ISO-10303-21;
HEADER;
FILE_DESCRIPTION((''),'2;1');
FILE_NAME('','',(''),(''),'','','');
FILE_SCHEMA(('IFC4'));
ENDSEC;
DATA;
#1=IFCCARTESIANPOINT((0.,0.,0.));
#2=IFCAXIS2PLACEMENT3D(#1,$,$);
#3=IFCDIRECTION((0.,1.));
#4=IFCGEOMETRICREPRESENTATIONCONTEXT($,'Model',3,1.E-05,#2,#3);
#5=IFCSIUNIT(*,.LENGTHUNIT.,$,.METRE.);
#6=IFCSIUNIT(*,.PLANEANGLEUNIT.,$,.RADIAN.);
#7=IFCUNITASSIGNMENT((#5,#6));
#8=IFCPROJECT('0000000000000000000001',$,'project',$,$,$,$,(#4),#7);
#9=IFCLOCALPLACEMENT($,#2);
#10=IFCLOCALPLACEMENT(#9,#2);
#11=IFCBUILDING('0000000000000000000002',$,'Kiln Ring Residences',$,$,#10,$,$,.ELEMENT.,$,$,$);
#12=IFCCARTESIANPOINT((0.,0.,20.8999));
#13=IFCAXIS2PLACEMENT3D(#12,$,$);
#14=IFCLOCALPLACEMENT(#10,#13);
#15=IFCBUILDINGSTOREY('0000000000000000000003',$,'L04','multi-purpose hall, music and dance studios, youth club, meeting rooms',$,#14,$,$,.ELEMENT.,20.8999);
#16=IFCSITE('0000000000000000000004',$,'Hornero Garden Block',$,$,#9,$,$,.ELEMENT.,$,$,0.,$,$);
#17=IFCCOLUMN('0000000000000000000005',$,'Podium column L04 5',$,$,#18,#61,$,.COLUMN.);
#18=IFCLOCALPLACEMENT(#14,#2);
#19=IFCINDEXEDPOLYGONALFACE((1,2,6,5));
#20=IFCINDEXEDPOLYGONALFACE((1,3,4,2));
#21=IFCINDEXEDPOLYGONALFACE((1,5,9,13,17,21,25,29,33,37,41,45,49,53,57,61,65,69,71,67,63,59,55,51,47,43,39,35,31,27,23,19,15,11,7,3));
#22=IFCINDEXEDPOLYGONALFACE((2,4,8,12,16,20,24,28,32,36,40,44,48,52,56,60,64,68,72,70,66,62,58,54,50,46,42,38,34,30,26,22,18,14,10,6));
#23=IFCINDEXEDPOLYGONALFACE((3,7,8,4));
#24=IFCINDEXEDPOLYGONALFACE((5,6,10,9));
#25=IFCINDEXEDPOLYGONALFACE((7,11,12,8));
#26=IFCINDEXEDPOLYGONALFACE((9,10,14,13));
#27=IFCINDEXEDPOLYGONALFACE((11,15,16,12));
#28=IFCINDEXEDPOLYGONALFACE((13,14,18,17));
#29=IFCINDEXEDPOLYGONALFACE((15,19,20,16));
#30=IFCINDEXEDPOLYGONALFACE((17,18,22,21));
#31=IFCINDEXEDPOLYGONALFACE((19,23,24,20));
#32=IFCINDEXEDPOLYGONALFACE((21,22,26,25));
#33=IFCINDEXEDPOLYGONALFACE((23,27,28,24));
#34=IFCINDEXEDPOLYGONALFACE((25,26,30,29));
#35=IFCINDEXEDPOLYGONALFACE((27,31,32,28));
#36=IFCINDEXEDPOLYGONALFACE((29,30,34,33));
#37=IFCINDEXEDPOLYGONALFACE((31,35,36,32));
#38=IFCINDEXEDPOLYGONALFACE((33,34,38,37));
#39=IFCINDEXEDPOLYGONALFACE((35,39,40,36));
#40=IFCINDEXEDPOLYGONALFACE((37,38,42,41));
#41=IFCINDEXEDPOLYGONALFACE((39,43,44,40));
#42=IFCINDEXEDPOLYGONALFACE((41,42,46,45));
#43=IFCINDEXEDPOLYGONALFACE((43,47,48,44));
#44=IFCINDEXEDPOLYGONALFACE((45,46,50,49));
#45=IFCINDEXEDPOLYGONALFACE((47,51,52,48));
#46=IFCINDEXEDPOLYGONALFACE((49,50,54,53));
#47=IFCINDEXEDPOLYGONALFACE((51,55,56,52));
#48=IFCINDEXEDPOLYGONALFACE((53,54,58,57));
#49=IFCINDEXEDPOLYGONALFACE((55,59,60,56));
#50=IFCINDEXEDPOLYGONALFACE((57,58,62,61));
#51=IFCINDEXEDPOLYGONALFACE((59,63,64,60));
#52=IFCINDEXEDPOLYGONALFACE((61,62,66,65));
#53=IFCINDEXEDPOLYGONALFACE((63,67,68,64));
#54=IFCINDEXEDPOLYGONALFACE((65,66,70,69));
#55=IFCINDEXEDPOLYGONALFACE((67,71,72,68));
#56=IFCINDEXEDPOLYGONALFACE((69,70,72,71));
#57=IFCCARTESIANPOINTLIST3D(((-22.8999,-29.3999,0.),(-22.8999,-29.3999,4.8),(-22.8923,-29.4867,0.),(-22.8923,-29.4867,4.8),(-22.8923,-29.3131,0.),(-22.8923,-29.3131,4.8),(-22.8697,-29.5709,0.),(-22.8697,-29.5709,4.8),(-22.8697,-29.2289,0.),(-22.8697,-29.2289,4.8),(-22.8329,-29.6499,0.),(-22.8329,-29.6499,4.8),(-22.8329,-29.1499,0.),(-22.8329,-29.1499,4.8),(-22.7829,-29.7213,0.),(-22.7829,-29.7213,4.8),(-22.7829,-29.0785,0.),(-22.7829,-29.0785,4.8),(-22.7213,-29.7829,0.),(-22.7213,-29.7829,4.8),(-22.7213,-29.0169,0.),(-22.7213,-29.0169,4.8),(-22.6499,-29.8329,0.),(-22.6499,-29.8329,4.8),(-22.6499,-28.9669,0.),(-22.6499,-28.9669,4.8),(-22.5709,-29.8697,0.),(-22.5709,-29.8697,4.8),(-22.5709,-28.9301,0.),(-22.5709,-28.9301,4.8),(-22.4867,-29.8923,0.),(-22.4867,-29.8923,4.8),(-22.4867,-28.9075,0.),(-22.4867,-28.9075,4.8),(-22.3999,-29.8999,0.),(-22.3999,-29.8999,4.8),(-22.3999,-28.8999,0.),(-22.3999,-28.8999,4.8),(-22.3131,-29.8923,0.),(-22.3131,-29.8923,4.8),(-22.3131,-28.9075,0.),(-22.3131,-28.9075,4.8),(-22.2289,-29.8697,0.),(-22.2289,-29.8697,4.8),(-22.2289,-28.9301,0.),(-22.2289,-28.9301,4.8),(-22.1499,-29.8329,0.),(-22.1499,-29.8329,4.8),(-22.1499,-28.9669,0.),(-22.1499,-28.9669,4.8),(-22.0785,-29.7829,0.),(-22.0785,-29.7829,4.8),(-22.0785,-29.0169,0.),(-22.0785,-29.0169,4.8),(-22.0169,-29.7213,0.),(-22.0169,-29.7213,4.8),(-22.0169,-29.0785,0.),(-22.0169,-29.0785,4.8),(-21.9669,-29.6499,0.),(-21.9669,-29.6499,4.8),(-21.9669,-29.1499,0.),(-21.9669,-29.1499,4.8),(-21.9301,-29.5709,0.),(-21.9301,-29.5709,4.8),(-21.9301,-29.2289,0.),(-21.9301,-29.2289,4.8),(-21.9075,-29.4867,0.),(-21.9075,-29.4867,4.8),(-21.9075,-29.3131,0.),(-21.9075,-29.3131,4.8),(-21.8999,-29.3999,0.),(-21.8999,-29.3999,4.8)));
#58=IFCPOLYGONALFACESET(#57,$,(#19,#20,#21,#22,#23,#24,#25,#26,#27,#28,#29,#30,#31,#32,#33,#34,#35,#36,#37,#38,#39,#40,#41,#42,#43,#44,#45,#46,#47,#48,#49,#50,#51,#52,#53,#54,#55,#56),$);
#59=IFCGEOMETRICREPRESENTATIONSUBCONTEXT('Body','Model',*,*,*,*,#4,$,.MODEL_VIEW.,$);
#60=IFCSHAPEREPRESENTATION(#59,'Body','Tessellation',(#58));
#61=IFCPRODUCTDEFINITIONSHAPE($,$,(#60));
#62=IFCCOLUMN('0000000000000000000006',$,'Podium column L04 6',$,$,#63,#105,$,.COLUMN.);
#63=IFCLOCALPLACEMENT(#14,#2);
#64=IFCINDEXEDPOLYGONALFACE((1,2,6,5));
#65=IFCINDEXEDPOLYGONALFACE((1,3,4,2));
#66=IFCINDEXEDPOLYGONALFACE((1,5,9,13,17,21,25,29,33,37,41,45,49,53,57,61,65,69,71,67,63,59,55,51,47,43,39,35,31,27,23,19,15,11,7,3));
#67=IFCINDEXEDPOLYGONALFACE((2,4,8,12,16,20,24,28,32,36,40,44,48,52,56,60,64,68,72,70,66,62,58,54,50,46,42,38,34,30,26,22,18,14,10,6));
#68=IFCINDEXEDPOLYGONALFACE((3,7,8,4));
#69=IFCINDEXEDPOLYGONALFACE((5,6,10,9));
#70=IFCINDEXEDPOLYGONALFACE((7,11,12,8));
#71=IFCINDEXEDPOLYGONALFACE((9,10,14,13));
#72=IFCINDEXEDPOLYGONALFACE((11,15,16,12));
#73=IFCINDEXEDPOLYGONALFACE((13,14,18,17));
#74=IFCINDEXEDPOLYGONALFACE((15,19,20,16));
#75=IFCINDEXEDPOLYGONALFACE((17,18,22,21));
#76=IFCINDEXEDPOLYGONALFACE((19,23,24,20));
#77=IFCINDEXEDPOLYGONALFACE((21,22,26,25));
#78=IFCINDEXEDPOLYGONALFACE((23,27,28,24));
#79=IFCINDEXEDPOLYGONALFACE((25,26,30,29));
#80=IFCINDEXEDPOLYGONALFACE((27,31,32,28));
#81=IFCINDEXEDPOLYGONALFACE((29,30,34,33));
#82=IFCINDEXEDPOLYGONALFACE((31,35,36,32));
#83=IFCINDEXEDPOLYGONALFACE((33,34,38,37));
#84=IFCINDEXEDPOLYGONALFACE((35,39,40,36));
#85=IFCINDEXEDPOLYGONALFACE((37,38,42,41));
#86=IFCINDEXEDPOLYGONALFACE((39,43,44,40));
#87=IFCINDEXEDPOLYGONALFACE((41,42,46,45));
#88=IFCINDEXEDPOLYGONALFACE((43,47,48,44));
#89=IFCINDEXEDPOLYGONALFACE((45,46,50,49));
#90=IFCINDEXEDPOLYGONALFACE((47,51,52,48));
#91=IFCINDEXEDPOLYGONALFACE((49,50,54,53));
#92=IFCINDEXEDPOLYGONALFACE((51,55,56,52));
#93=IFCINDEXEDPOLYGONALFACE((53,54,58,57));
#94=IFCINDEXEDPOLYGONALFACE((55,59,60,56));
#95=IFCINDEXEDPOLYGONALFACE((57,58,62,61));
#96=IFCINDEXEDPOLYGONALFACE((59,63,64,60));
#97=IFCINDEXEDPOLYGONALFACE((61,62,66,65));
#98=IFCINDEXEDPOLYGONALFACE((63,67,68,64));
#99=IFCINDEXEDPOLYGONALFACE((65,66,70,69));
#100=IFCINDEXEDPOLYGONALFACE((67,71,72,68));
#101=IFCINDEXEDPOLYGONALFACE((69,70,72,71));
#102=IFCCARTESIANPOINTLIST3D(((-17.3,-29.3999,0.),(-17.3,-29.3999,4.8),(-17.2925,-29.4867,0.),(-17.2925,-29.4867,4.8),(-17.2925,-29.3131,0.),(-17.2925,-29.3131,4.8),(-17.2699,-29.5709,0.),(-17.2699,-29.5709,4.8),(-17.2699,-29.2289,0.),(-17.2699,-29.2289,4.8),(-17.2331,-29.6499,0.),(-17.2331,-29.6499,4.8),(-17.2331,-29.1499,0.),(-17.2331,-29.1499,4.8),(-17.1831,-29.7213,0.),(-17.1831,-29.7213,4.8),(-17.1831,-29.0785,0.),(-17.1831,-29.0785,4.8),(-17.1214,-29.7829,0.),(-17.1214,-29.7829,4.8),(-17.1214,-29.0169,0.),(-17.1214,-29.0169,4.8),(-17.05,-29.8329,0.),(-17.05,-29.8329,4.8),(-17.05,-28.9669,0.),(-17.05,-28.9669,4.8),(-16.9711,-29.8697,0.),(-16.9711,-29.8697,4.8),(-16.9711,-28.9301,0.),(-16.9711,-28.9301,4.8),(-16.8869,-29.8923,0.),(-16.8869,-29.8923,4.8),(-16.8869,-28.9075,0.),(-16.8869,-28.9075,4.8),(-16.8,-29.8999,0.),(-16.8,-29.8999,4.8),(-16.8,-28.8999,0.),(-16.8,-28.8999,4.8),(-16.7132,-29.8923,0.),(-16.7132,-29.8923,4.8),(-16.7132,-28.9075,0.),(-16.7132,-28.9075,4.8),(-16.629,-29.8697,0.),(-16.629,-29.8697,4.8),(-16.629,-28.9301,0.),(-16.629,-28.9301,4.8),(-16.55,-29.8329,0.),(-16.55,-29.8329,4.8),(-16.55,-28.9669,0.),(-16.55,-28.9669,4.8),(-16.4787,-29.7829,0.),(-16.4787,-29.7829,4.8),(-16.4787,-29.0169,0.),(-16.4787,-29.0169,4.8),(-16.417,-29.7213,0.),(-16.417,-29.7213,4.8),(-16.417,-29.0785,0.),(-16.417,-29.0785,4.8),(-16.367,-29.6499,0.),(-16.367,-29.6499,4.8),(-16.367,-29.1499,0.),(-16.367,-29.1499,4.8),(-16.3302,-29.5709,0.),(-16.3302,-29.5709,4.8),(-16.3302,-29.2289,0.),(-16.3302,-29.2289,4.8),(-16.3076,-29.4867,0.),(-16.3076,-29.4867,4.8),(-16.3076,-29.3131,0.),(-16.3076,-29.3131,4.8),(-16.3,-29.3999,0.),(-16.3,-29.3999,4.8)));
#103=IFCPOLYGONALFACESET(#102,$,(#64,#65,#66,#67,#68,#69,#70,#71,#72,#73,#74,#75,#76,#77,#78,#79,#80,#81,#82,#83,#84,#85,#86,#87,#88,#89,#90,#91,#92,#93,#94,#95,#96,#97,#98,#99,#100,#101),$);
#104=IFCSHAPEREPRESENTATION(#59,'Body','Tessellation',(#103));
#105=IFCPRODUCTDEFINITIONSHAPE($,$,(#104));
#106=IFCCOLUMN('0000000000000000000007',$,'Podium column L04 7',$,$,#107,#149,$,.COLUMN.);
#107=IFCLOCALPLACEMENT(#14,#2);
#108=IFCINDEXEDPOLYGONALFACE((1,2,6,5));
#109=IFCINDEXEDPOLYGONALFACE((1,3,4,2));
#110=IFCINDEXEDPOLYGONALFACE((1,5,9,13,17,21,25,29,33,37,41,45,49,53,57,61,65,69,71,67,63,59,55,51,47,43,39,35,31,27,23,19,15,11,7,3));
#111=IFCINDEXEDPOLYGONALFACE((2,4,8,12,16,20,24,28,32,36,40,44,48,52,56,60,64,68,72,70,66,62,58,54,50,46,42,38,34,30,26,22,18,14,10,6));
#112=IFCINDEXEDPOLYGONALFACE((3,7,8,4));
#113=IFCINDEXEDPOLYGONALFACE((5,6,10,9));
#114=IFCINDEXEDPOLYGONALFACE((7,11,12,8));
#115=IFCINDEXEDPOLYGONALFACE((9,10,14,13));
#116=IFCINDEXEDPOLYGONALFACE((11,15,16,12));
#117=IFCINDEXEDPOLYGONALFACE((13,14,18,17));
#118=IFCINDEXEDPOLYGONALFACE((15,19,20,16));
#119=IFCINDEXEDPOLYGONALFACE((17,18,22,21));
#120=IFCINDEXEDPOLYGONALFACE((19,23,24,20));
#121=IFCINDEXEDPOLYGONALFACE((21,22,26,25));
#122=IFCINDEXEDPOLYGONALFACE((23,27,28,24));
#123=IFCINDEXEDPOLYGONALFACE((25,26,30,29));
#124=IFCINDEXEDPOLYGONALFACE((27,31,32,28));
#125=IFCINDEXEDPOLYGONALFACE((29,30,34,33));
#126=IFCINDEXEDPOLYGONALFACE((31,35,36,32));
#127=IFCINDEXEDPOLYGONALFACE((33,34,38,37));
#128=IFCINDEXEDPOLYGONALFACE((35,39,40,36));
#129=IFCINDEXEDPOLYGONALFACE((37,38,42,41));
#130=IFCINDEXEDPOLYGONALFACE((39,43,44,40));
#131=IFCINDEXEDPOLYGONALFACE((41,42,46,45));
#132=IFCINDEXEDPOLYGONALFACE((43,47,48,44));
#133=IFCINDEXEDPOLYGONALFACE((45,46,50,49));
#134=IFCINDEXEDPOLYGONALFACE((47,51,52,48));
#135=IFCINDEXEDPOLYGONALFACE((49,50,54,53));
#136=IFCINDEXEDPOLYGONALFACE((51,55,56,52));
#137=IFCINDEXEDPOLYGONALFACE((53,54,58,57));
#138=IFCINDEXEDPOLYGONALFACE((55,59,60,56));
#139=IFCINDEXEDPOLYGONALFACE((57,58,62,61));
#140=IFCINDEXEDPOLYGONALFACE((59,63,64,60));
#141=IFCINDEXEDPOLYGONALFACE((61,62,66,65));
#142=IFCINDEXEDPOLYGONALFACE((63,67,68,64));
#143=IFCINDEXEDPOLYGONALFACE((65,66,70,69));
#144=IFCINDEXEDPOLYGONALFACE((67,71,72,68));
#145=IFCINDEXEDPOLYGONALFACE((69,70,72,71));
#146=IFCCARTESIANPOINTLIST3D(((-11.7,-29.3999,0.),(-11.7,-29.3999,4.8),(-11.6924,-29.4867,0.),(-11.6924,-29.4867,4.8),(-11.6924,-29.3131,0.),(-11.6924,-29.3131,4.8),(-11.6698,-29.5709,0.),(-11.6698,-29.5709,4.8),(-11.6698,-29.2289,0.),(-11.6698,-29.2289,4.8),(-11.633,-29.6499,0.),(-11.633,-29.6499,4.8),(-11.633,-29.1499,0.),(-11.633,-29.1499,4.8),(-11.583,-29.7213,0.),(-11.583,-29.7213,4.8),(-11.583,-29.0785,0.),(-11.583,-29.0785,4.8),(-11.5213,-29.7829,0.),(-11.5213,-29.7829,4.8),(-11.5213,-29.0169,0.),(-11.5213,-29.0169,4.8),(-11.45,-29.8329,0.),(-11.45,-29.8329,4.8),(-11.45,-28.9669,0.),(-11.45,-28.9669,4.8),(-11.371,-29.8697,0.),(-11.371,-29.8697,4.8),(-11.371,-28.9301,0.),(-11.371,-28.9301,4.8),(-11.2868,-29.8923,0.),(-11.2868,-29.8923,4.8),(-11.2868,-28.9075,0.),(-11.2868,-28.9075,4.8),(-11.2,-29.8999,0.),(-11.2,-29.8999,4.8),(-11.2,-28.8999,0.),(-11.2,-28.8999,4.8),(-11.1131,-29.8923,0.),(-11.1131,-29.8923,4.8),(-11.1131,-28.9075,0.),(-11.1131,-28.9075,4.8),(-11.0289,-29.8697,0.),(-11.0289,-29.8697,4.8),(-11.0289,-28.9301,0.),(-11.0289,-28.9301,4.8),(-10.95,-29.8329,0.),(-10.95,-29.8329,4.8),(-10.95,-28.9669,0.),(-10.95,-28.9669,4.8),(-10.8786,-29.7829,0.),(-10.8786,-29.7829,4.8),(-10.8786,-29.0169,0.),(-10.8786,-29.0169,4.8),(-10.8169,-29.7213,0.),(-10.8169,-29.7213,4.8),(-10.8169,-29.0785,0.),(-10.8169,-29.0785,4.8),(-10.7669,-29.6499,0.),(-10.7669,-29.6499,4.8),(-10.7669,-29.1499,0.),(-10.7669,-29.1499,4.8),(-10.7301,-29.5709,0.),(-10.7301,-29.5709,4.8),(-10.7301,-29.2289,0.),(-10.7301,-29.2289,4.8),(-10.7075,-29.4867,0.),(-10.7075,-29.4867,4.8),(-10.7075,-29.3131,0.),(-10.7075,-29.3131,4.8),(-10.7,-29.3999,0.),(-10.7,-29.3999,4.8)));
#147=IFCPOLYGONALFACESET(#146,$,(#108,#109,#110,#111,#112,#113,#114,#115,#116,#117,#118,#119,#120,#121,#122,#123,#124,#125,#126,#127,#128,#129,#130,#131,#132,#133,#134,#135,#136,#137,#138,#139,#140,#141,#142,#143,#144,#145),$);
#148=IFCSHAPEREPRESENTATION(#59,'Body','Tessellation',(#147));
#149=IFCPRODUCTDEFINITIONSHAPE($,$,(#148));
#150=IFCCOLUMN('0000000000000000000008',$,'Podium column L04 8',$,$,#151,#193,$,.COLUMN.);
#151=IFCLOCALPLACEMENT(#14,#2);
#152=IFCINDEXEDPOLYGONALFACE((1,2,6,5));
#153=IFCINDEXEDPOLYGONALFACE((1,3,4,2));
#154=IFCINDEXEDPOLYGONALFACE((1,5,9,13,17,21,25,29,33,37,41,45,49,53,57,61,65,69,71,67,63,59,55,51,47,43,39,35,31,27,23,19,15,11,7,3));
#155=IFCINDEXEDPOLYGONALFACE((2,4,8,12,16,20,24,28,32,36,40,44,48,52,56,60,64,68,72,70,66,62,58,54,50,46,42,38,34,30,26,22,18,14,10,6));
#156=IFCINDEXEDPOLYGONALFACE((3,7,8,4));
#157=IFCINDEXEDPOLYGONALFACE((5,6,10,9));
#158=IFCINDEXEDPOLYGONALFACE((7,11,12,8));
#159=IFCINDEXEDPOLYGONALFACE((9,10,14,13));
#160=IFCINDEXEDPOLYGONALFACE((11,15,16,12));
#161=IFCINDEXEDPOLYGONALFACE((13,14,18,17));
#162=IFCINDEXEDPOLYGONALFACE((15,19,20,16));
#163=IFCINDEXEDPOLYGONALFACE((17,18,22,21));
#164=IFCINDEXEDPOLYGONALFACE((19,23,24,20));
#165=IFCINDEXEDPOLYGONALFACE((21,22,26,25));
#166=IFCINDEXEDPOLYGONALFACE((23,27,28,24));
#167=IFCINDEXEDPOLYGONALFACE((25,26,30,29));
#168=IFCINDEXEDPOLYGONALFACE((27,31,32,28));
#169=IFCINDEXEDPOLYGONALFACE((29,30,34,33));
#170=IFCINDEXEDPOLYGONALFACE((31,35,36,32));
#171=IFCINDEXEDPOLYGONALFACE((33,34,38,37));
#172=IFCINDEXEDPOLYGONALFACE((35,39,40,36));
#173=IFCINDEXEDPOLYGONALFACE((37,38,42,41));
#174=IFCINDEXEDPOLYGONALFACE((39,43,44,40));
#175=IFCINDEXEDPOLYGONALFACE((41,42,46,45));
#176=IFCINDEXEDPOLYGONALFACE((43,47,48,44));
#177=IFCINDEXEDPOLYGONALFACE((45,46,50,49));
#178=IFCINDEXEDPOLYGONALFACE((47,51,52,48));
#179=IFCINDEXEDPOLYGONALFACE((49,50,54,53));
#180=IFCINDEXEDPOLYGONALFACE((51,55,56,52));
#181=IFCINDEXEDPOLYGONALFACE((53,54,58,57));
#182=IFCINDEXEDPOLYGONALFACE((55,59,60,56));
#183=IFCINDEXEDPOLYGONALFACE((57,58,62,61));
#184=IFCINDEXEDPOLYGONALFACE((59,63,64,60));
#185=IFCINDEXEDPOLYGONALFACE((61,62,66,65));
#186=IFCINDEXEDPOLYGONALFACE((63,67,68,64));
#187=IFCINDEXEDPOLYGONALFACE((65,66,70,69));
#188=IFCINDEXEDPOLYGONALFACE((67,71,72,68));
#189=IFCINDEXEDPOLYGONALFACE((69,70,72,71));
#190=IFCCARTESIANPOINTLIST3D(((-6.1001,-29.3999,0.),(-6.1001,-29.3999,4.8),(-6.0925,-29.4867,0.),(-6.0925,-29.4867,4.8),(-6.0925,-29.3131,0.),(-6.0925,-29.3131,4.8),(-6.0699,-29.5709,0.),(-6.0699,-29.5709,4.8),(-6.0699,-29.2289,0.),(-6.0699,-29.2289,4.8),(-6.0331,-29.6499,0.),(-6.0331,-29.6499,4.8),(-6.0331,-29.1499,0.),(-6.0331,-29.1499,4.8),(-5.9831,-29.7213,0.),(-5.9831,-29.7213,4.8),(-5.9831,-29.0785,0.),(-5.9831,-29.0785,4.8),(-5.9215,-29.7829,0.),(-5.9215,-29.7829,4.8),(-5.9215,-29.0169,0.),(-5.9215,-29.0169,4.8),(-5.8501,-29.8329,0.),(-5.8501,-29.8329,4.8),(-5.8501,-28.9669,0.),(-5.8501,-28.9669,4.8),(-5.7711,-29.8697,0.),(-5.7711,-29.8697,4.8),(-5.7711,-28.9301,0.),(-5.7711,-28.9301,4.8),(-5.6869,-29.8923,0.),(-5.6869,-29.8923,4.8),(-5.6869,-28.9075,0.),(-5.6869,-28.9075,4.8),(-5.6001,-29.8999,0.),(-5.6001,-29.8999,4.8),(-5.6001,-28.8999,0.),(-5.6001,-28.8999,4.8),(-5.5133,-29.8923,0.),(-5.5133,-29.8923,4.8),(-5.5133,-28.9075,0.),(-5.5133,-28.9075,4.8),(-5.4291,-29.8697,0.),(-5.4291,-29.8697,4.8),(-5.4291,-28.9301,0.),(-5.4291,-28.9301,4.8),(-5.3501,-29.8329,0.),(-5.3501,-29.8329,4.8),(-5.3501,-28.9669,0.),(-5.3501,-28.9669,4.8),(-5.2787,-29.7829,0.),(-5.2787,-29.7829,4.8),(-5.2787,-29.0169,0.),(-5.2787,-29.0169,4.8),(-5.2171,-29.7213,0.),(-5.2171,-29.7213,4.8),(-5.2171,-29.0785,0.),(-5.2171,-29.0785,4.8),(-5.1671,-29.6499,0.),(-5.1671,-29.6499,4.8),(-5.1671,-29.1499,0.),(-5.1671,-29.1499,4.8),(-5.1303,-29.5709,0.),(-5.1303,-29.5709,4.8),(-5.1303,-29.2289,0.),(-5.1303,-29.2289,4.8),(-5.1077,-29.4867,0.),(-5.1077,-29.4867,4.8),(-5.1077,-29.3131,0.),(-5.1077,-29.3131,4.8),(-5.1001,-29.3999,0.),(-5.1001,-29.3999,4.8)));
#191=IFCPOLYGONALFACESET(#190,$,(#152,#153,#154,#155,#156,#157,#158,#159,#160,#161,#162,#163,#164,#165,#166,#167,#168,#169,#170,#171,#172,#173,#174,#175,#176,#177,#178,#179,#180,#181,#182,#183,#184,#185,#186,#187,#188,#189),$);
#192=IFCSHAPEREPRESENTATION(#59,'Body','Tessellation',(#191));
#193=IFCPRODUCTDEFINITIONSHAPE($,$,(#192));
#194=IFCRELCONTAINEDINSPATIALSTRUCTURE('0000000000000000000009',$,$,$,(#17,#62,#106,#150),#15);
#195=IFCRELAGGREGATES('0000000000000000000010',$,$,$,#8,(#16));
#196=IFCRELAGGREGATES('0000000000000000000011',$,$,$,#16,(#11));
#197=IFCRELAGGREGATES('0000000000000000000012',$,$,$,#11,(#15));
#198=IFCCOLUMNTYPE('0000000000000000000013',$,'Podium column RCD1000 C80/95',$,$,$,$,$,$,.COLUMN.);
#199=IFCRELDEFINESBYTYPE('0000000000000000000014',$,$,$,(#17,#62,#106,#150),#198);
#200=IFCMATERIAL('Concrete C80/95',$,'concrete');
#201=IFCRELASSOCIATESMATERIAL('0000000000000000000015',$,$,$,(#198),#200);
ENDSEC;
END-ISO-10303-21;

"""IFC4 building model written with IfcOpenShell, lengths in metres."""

from ifc_helpers import new_model, si_unit, direction, frame, origin, origin_2d, place, context, subcontext, project, spatial, circle, extrude, material, material_profile, profile_set, type_object, element, save


model = new_model("IFC4")

# Units and contexts
model_context = context("Model", 3, precision=1e-05, world=origin(), true_north=direction((0.0, 1.0)))
body_context = subcontext(model_context, "Body", "Model", "MODEL_VIEW")
ifc_project = project(units=[si_unit("LENGTHUNIT", "METRE"), si_unit("PLANEANGLEUNIT", "RADIAN")], contexts=[model_context])

# Site, building, storey
site_placement = place(None, origin())
site = spatial("IfcSite", under=ifc_project, at=site_placement, Name="Hornero Garden Block", CompositionType="ELEMENT", RefElevation=0.0)
building_placement = place(site_placement, origin())
building = spatial("IfcBuilding", under=site, at=building_placement, Name="Kiln Ring Residences", CompositionType="ELEMENT")
storey_placement = place(building_placement, frame((0.0, 0.0, 20.8999)))
storey = spatial("IfcBuildingStorey", under=building, at=storey_placement, Name="L04", Description="multi-purpose hall, music and dance studios, youth club, meeting rooms", CompositionType="ELEMENT", Elevation=20.8999)

# Columns
ifc_material_1 = material(Name="Concrete C80/95", Category="concrete")
ifc_material_profile_1 = material_profile(ifc_material_1, circle(Radius=0.5, at=origin_2d()), Name="RCD1000")
ifc_profile_set_1 = profile_set([ifc_material_profile_1], Name="Concrete C80/95")
column_type = type_object("IfcColumnType", Name="Podium column RCD1000 C80/95", PredefinedType="COLUMN", material=ifc_profile_set_1)
for number, where, z_axis, x_axis, name in (
    (1, (-22.3999, -29.3999, 0.0), (0.0, 0.0, 1.0), (1.0, 0.0, 0.0), "Podium column L04 5"),
    (2, (-16.8, -29.3999, 0.0), (0.0, 0.0, 1.0), (1.0, 0.0, 0.0), "Podium column L04 6"),
    (3, (-11.2, -29.3999, 0.0), (0.0, 0.0, 1.0), (1.0, 0.0, 0.0), "Podium column L04 7"),
    (4, (-5.6001, -29.3999, 0.0), (0.0, 0.0, 1.0), (1.0, 0.0, 0.0), "Podium column L04 8"),
):
    element("IfcColumn", number, at=place(storey_placement, frame(where, z_axis=z_axis, x_axis=x_axis)), inside=storey, type_object=column_type, Name=name, PredefinedType="COLUMN", context=body_context, shape_type="SweptSolid", body=[
        extrude(circle(Radius=0.5, at=origin_2d()), origin(), (0.0, 0.0, 1.0), 4.8),
    ])

save(model, "model.ifc")
